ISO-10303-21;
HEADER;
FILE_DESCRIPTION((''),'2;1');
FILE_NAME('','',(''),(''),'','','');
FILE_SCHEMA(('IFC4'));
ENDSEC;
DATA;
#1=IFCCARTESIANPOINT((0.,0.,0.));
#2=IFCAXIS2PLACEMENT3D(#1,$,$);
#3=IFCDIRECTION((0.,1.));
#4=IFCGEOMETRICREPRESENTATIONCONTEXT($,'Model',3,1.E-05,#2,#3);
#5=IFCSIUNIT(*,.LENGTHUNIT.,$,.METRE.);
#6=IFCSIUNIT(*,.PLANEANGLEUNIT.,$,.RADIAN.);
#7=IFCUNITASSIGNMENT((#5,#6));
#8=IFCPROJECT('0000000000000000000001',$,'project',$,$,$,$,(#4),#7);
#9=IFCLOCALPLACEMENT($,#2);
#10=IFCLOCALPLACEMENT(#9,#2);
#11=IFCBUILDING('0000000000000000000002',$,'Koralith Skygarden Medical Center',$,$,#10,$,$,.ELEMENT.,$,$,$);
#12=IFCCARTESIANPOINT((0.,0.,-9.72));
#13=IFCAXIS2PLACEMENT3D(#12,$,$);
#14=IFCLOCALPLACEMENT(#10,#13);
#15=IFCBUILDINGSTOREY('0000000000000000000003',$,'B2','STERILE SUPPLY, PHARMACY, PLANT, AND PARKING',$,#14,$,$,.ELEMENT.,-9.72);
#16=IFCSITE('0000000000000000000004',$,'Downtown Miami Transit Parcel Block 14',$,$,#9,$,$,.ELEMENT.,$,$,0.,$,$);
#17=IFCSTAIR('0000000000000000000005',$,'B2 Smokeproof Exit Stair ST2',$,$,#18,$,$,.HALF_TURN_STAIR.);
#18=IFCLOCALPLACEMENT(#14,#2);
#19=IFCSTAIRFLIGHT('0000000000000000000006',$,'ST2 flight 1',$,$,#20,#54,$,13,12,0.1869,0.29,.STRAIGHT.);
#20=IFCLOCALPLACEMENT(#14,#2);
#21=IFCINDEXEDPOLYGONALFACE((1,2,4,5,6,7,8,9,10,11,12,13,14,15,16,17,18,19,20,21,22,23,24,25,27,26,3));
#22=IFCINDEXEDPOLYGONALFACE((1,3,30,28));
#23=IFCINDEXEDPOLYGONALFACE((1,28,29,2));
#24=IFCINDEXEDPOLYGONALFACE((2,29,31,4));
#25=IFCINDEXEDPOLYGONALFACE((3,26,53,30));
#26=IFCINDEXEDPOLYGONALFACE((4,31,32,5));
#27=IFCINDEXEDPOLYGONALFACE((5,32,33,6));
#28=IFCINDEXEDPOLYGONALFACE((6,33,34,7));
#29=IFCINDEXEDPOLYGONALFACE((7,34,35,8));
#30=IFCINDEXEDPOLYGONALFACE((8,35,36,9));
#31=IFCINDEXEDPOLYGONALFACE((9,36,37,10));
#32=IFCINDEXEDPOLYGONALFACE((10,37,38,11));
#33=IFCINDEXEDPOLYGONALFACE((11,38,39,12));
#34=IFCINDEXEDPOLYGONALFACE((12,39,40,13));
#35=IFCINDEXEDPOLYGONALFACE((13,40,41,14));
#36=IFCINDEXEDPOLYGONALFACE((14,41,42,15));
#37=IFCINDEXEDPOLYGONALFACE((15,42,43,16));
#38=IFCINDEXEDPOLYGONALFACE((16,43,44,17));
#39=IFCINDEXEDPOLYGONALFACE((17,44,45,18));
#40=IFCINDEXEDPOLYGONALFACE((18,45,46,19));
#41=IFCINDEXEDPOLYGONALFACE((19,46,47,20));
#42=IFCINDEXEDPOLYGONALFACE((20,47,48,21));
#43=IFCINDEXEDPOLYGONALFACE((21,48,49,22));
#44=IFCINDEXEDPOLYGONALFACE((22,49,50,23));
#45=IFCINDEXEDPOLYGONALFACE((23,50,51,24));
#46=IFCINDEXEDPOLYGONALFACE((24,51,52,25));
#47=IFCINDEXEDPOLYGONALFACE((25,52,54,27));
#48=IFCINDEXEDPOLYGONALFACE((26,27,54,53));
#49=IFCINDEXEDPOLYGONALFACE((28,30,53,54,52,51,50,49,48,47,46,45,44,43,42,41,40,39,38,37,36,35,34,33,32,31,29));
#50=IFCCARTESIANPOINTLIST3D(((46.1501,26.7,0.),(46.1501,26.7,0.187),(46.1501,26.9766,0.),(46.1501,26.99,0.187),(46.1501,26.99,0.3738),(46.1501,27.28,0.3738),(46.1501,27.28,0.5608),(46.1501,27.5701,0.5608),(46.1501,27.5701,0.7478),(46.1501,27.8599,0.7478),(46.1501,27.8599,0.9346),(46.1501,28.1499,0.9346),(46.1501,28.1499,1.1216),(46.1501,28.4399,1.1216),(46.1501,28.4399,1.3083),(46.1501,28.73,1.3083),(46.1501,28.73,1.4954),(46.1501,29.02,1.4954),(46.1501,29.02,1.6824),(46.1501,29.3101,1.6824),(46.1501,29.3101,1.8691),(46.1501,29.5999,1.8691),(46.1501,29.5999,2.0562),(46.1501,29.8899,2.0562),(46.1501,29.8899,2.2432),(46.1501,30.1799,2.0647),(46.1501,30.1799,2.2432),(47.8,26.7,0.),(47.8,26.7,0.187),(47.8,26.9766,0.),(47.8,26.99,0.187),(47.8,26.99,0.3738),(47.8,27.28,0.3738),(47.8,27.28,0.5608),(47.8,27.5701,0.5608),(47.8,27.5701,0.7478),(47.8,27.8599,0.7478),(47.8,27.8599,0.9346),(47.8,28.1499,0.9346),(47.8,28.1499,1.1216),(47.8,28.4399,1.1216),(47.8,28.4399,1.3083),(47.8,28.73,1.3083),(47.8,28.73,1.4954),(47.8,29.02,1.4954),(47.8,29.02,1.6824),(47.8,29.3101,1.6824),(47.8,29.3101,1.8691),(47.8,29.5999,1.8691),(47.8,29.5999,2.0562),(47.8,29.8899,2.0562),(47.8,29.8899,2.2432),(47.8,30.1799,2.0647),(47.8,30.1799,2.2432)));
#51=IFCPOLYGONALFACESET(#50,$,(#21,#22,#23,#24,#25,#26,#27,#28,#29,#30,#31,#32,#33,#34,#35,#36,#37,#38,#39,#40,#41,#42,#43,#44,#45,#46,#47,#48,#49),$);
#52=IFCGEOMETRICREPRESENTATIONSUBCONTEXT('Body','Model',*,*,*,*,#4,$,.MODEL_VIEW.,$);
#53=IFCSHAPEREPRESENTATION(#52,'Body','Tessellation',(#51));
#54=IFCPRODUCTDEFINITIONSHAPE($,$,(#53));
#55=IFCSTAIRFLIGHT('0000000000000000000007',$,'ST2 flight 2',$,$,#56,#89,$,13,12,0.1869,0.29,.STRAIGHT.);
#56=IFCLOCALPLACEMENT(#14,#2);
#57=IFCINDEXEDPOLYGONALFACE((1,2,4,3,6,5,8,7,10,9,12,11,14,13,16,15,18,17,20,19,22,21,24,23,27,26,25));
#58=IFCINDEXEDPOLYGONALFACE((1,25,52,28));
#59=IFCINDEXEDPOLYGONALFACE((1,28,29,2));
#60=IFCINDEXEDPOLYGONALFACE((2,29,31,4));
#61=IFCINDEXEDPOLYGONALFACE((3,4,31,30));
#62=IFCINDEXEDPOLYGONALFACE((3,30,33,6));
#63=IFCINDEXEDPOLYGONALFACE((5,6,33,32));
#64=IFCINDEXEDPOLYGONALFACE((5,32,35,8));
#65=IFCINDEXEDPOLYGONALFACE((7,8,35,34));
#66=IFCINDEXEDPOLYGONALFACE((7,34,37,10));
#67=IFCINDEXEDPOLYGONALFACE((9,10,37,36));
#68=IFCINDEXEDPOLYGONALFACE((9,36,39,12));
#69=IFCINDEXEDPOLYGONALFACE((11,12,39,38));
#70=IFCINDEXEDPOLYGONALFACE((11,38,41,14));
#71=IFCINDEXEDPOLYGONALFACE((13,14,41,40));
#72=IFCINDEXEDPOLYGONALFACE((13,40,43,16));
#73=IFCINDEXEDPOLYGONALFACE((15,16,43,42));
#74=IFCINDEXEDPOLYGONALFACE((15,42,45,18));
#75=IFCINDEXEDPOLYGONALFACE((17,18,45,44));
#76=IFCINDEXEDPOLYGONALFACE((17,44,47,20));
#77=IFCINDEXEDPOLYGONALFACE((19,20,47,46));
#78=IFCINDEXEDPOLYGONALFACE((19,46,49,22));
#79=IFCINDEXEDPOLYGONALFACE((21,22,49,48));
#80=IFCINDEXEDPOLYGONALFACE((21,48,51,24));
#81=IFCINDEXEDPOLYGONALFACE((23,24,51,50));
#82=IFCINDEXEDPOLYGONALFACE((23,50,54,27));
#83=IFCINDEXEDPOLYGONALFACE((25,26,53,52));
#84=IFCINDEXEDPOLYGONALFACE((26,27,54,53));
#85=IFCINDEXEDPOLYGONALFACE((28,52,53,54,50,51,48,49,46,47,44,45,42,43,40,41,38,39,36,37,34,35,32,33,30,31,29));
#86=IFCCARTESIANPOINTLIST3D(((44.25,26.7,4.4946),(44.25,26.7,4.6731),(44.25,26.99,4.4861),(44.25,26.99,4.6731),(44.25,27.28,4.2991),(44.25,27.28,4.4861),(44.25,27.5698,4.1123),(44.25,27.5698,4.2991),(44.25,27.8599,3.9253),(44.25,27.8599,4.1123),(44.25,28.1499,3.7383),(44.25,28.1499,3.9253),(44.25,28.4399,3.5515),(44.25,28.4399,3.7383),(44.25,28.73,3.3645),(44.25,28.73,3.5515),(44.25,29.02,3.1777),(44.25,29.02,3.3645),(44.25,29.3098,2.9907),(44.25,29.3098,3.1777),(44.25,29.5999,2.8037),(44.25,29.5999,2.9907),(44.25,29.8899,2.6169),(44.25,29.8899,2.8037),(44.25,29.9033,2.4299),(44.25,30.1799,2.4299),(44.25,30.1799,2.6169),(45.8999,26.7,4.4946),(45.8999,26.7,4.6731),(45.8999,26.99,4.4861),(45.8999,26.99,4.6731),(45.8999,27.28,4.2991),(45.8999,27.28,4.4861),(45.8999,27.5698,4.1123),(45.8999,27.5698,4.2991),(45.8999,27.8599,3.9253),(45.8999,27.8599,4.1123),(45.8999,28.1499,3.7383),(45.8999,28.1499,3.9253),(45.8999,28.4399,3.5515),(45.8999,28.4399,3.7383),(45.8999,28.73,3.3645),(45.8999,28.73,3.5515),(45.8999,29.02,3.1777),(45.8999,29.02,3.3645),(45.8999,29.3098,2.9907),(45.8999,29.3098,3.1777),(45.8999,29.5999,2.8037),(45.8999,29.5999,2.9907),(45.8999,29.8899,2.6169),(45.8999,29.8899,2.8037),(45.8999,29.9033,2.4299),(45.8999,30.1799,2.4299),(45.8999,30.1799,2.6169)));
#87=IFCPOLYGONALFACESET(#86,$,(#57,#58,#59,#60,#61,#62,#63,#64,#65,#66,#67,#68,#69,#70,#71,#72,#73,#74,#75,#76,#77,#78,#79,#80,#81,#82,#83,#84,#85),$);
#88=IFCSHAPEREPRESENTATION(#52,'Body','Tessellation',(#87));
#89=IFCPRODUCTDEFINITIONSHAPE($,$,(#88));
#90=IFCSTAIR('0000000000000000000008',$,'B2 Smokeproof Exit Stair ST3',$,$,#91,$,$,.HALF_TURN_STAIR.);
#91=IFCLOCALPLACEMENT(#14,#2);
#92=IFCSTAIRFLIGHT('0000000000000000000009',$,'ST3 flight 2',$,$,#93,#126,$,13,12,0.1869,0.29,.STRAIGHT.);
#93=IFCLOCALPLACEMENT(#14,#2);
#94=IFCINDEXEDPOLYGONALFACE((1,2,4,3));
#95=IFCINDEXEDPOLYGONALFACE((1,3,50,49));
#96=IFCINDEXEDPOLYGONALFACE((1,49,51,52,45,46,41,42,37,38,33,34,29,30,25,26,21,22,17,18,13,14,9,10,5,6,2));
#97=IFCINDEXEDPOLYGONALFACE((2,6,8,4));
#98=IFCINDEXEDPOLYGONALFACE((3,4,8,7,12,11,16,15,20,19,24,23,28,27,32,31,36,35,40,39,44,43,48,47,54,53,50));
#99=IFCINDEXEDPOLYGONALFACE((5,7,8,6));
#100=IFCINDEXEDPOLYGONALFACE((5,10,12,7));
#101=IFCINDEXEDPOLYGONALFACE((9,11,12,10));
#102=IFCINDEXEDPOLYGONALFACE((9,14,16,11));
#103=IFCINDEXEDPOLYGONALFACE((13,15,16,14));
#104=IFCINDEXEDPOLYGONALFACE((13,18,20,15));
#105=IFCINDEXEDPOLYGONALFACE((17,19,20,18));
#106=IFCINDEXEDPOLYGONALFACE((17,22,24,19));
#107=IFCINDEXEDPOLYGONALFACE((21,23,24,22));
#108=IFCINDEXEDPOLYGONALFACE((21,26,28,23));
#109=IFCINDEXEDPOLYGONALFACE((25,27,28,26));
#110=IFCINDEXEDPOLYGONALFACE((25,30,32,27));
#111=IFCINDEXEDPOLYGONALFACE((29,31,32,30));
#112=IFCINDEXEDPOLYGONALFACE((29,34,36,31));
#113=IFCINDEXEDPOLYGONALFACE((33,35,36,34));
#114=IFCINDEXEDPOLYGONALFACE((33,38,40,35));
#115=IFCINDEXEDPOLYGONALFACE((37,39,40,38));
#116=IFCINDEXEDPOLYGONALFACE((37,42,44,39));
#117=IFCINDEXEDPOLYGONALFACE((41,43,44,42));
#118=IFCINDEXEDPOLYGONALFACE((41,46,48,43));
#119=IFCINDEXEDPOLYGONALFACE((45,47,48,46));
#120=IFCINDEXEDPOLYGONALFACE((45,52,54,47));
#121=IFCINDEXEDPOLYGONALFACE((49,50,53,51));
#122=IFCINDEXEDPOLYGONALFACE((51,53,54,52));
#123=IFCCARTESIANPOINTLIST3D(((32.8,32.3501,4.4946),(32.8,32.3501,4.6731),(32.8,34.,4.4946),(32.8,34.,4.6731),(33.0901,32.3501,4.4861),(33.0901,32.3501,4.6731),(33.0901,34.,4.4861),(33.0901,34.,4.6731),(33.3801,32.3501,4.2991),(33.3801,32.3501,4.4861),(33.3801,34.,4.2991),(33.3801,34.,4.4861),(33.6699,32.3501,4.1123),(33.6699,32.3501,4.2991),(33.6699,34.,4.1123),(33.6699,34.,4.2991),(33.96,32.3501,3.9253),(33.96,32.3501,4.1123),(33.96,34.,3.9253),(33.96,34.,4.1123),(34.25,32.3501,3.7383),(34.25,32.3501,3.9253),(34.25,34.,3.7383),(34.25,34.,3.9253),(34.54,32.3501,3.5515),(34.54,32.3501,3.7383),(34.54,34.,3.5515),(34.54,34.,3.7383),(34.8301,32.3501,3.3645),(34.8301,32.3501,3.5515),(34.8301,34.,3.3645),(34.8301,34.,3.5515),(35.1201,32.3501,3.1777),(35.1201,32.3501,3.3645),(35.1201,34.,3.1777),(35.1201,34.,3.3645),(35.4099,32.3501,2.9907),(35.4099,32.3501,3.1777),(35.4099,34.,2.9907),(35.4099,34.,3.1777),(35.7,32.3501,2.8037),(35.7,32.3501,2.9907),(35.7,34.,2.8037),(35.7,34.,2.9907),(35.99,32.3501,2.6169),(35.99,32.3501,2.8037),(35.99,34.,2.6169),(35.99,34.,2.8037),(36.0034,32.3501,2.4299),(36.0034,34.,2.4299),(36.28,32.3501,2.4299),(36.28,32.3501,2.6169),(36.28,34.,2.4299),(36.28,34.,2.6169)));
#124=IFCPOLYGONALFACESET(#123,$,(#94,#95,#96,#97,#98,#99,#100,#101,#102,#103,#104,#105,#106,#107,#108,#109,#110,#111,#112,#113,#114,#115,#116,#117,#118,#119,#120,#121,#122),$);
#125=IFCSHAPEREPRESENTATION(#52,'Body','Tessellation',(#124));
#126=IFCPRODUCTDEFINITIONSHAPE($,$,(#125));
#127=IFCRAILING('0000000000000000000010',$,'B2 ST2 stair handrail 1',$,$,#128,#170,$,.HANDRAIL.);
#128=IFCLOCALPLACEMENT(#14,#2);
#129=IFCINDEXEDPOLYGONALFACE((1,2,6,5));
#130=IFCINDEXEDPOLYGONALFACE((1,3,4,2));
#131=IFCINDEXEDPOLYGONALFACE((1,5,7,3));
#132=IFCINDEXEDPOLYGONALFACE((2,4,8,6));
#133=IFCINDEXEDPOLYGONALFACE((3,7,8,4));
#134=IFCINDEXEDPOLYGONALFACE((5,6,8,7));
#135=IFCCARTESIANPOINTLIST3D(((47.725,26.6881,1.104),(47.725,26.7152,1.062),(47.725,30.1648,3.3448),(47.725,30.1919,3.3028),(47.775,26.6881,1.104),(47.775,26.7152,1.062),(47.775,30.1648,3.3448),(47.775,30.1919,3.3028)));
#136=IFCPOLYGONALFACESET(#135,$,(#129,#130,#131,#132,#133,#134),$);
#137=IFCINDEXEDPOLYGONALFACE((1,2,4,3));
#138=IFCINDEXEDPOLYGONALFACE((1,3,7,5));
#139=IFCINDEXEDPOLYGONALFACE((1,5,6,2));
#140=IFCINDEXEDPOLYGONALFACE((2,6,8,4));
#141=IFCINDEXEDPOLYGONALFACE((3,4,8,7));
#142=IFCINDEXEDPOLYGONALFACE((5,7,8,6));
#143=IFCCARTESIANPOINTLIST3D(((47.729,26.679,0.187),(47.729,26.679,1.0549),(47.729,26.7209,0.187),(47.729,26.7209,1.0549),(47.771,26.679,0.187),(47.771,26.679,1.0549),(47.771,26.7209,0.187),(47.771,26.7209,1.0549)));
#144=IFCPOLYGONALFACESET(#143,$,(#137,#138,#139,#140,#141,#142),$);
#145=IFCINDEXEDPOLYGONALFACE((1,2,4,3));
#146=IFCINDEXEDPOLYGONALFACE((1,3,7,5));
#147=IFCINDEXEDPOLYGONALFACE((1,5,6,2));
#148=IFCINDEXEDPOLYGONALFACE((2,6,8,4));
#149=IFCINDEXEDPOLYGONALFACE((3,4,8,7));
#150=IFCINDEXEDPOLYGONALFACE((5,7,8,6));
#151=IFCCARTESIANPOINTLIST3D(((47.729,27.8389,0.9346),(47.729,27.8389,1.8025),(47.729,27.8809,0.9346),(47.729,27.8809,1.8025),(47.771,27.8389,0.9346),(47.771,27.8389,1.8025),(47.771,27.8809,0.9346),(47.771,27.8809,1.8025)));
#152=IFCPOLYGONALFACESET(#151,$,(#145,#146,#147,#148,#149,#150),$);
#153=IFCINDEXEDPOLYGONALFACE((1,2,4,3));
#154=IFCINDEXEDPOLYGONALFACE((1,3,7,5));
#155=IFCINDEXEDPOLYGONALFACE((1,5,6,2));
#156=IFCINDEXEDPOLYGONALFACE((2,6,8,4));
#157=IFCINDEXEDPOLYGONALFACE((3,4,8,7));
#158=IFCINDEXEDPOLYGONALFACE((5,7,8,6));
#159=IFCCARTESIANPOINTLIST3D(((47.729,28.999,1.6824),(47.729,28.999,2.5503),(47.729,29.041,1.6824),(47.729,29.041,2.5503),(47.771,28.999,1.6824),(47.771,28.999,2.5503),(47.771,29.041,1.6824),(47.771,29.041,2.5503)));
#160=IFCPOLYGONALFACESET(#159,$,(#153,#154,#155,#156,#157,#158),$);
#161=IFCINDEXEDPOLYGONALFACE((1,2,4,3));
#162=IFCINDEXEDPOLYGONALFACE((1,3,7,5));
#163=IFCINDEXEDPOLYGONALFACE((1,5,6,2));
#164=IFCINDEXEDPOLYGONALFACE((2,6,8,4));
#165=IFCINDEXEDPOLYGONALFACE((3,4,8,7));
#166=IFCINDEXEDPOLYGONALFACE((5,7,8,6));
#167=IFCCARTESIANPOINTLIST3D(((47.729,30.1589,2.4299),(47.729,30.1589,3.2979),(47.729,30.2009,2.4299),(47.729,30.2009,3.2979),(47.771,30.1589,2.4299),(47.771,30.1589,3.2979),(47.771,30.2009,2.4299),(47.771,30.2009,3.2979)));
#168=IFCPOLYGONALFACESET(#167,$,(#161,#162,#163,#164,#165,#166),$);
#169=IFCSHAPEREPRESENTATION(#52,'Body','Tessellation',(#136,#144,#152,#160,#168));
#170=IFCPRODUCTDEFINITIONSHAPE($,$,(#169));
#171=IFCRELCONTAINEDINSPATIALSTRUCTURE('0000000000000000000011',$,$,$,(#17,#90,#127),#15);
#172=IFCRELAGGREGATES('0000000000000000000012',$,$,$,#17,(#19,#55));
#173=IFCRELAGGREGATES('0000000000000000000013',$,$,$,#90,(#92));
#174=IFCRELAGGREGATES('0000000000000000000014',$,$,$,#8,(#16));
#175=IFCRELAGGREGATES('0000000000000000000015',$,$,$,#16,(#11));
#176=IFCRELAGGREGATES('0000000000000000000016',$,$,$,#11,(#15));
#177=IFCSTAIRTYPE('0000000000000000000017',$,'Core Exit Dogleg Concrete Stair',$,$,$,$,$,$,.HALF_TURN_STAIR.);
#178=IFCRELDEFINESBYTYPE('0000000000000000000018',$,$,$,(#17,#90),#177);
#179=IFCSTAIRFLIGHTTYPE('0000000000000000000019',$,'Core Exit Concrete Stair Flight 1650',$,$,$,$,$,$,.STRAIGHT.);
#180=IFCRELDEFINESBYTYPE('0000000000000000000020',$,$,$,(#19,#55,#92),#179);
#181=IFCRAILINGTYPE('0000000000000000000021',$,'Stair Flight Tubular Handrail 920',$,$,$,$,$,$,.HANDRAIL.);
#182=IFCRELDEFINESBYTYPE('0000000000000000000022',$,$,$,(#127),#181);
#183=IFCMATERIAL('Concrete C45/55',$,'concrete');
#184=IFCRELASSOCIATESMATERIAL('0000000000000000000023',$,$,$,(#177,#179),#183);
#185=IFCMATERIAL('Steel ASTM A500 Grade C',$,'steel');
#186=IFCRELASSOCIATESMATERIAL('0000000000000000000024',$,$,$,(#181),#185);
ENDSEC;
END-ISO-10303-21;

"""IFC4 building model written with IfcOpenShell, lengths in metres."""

from ifc_helpers import new_model, si_unit, direction, frame, origin, origin_2d, place, context, subcontext, project, spatial, polyline, rectangle, outline, extrude, material, type_object, element, aggregate, save


model = new_model("IFC4")

# Units and contexts
model_context = context("Model", 3, precision=1e-05, world=origin(), true_north=direction((0.0, 1.0)))
body_context = subcontext(model_context, "Body", "Model", "MODEL_VIEW")
ifc_project = project(units=[si_unit("LENGTHUNIT", "METRE"), si_unit("PLANEANGLEUNIT", "RADIAN")], contexts=[model_context])

# Site, building, storey
site_placement = place(None, origin())
site = spatial("IfcSite", under=ifc_project, at=site_placement, Name="Downtown Miami Transit Parcel Block 14", CompositionType="ELEMENT", RefElevation=0.0)
building_placement = place(site_placement, origin())
building = spatial("IfcBuilding", under=site, at=building_placement, Name="Koralith Skygarden Medical Center", CompositionType="ELEMENT")
storey_placement = place(building_placement, frame((0.0, 0.0, -9.72)))
storey = spatial("IfcBuildingStorey", under=building, at=storey_placement, Name="B2", Description="STERILE SUPPLY, PHARMACY, PLANT, AND PARKING", CompositionType="ELEMENT", Elevation=-9.72)

# Shared definitions
ifc_material_1 = material(Name="Concrete C45/55", Category="concrete")

# Stair, stair flights
stair_type = type_object("IfcStairType", Name="Core Exit Dogleg Concrete Stair", PredefinedType="HALF_TURN_STAIR", material=ifc_material_1)
stair_1_placement = place(storey_placement, origin())
stair_1 = element("IfcStair", 1, at=stair_1_placement, inside=storey, type_object=stair_type, Name="B2 Smokeproof Exit Stair ST2", PredefinedType="HALF_TURN_STAIR")
stair_flight_type = type_object("IfcStairFlightType", Name="Core Exit Concrete Stair Flight 1650", PredefinedType="STRAIGHT", material=ifc_material_1)
stair_flight_1_placement = place(storey_placement, frame((46.9751, 26.7, 0.0), z_axis=(0.0, 0.0, 1.0), x_axis=(0.0, 1.0, 0.0)))
stair_flight_1 = element("IfcStairFlight", 2, at=stair_flight_1_placement, type_object=stair_flight_type, Name="ST2 flight 1", NumberOfRisers=13, NumberOfTreads=12, PredefinedType="STRAIGHT", RiserHeight=0.1869, TreadLength=0.29, context=body_context, shape_type="SweptSolid", body=[
    extrude(outline(polyline([(0.0, 0.0), (0.0, 0.187), (0.29, 0.187), (0.29, 0.3738), (0.5801, 0.3738), (0.5801, 0.5608), (0.8701, 0.5608), (0.8701, 0.7478), (1.1599, 0.7478), (1.1599, 0.9346), (1.45, 0.9346), (1.45, 1.1216), (1.74, 1.1216), (1.74, 1.3083), (2.03, 1.3083), (2.03, 1.4954), (2.3201, 1.4954), (2.3201, 1.6824), (2.6101, 1.6824), (2.6101, 1.8691), (2.8999, 1.8691), (2.8999, 2.0562), (3.1899, 2.0562), (3.1899, 2.2432), (3.48, 2.2432), (3.48, 2.4299), (3.48, 2.0647), (0.2766, 0.0), (0.0, 0.0)])), frame((0.0, 0.825, 0.0), z_axis=(0.0, -1.0, 0.0), x_axis=(1.0, 0.0, 0.0)), (0.0, 0.0, 1.0), 1.6499),
])
stair_flight_2_placement = place(storey_placement, frame((45.075, 30.1799, 2.4299), z_axis=(0.0, 0.0, 1.0), x_axis=(0.0, -1.0, 0.0)))
stair_flight_2 = element("IfcStairFlight", 3, at=stair_flight_2_placement, type_object=stair_flight_type, Name="ST2 flight 2", NumberOfRisers=13, NumberOfTreads=12, PredefinedType="STRAIGHT", RiserHeight=0.1869, TreadLength=0.29, context=body_context, shape_type="SweptSolid", body=[
    extrude(outline(polyline([(0.0, 0.0), (0.0, 0.187), (0.29, 0.187), (0.29, 0.3738), (0.5801, 0.3738), (0.5801, 0.5608), (0.8701, 0.5608), (0.8701, 0.7478), (1.1599, 0.7478), (1.1599, 0.9346), (1.45, 0.9346), (1.45, 1.1216), (1.74, 1.1216), (1.74, 1.3083), (2.03, 1.3083), (2.03, 1.4954), (2.3201, 1.4954), (2.3201, 1.6824), (2.6101, 1.6824), (2.6101, 1.8691), (2.8999, 1.8691), (2.8999, 2.0562), (3.1899, 2.0562), (3.1899, 2.2432), (3.48, 2.2432), (3.48, 2.4299), (3.48, 2.0647), (0.2766, 0.0), (0.0, 0.0)])), frame((0.0, 0.825, 0.0), z_axis=(0.0, -1.0, 0.0), x_axis=(1.0, 0.0, 0.0)), (0.0, 0.0, 1.0), 1.6499),
])
aggregate(stair_1, [stair_flight_1, stair_flight_2])

# Stair, stair flight
stair_2_placement = place(storey_placement, origin())
stair_2 = element("IfcStair", 4, at=stair_2_placement, inside=storey, type_object=stair_type, Name="B2 Smokeproof Exit Stair ST3", PredefinedType="HALF_TURN_STAIR")
stair_flight_3_placement = place(storey_placement, frame((36.28, 33.175, 2.4299), z_axis=(0.0, 0.0, 1.0), x_axis=(-1.0, 0.0, 0.0)))
stair_flight_3 = element("IfcStairFlight", 5, at=stair_flight_3_placement, type_object=stair_flight_type, Name="ST3 flight 2", NumberOfRisers=13, NumberOfTreads=12, PredefinedType="STRAIGHT", RiserHeight=0.1869, TreadLength=0.29, context=body_context, shape_type="SweptSolid", body=[
    extrude(outline(polyline([(0.0, 0.0), (0.0, 0.187), (0.29, 0.187), (0.29, 0.3738), (0.5801, 0.3738), (0.5801, 0.5608), (0.8701, 0.5608), (0.8701, 0.7478), (1.1599, 0.7478), (1.1599, 0.9346), (1.45, 0.9346), (1.45, 1.1216), (1.74, 1.1216), (1.74, 1.3083), (2.03, 1.3083), (2.03, 1.4954), (2.3201, 1.4954), (2.3201, 1.6824), (2.6101, 1.6824), (2.6101, 1.8691), (2.8999, 1.8691), (2.8999, 2.0562), (3.1899, 2.0562), (3.1899, 2.2432), (3.48, 2.2432), (3.48, 2.4299), (3.48, 2.0647), (0.2766, 0.0), (0.0, 0.0)])), frame((0.0, 0.825, 0.0), z_axis=(0.0, -1.0, 0.0), x_axis=(1.0, 0.0, 0.0)), (0.0, 0.0, 1.0), 1.6499),
])
aggregate(stair_2, [stair_flight_3])

# Railing
ifc_material_2 = material(Name="Steel ASTM A500 Grade C", Category="steel")
railing_type_1 = type_object("IfcRailingType", Name="Stair Flight Tubular Handrail 920", PredefinedType="HANDRAIL", material=ifc_material_2)
railing_1_placement = place(storey_placement, frame((47.75, 26.7, 0.187)))
element("IfcRailing", 6, at=railing_1_placement, inside=storey, type_object=railing_type_1, Name="B2 ST2 stair handrail 1", PredefinedType="HANDRAIL", context=body_context, shape_type="SweptSolid", body=[
    extrude(rectangle(XDim=0.05, YDim=0.05, at=origin_2d()), frame((0.0, 0.0017, 0.896), z_axis=(0.0, 0.840542, 0.541747), x_axis=(-1.0, 0.0, 0.0)), (0.0, 0.0, 1.0), 4.1362),
    extrude(rectangle(XDim=0.042, YDim=0.042, at=origin_2d()), origin(), (0.0, 0.0, 1.0), 0.8679),
    extrude(rectangle(XDim=0.042, YDim=0.042, at=origin_2d()), frame((0.0, 1.1599, 0.7476)), (0.0, 0.0, 1.0), 0.8679),
    extrude(rectangle(XDim=0.042, YDim=0.042, at=origin_2d()), frame((0.0, 2.3201, 1.4954)), (0.0, 0.0, 1.0), 0.8679),
    extrude(rectangle(XDim=0.042, YDim=0.042, at=origin_2d()), frame((0.0, 3.48, 2.2429)), (0.0, 0.0, 1.0), 0.8679),
])

save(model, "model.ifc")
